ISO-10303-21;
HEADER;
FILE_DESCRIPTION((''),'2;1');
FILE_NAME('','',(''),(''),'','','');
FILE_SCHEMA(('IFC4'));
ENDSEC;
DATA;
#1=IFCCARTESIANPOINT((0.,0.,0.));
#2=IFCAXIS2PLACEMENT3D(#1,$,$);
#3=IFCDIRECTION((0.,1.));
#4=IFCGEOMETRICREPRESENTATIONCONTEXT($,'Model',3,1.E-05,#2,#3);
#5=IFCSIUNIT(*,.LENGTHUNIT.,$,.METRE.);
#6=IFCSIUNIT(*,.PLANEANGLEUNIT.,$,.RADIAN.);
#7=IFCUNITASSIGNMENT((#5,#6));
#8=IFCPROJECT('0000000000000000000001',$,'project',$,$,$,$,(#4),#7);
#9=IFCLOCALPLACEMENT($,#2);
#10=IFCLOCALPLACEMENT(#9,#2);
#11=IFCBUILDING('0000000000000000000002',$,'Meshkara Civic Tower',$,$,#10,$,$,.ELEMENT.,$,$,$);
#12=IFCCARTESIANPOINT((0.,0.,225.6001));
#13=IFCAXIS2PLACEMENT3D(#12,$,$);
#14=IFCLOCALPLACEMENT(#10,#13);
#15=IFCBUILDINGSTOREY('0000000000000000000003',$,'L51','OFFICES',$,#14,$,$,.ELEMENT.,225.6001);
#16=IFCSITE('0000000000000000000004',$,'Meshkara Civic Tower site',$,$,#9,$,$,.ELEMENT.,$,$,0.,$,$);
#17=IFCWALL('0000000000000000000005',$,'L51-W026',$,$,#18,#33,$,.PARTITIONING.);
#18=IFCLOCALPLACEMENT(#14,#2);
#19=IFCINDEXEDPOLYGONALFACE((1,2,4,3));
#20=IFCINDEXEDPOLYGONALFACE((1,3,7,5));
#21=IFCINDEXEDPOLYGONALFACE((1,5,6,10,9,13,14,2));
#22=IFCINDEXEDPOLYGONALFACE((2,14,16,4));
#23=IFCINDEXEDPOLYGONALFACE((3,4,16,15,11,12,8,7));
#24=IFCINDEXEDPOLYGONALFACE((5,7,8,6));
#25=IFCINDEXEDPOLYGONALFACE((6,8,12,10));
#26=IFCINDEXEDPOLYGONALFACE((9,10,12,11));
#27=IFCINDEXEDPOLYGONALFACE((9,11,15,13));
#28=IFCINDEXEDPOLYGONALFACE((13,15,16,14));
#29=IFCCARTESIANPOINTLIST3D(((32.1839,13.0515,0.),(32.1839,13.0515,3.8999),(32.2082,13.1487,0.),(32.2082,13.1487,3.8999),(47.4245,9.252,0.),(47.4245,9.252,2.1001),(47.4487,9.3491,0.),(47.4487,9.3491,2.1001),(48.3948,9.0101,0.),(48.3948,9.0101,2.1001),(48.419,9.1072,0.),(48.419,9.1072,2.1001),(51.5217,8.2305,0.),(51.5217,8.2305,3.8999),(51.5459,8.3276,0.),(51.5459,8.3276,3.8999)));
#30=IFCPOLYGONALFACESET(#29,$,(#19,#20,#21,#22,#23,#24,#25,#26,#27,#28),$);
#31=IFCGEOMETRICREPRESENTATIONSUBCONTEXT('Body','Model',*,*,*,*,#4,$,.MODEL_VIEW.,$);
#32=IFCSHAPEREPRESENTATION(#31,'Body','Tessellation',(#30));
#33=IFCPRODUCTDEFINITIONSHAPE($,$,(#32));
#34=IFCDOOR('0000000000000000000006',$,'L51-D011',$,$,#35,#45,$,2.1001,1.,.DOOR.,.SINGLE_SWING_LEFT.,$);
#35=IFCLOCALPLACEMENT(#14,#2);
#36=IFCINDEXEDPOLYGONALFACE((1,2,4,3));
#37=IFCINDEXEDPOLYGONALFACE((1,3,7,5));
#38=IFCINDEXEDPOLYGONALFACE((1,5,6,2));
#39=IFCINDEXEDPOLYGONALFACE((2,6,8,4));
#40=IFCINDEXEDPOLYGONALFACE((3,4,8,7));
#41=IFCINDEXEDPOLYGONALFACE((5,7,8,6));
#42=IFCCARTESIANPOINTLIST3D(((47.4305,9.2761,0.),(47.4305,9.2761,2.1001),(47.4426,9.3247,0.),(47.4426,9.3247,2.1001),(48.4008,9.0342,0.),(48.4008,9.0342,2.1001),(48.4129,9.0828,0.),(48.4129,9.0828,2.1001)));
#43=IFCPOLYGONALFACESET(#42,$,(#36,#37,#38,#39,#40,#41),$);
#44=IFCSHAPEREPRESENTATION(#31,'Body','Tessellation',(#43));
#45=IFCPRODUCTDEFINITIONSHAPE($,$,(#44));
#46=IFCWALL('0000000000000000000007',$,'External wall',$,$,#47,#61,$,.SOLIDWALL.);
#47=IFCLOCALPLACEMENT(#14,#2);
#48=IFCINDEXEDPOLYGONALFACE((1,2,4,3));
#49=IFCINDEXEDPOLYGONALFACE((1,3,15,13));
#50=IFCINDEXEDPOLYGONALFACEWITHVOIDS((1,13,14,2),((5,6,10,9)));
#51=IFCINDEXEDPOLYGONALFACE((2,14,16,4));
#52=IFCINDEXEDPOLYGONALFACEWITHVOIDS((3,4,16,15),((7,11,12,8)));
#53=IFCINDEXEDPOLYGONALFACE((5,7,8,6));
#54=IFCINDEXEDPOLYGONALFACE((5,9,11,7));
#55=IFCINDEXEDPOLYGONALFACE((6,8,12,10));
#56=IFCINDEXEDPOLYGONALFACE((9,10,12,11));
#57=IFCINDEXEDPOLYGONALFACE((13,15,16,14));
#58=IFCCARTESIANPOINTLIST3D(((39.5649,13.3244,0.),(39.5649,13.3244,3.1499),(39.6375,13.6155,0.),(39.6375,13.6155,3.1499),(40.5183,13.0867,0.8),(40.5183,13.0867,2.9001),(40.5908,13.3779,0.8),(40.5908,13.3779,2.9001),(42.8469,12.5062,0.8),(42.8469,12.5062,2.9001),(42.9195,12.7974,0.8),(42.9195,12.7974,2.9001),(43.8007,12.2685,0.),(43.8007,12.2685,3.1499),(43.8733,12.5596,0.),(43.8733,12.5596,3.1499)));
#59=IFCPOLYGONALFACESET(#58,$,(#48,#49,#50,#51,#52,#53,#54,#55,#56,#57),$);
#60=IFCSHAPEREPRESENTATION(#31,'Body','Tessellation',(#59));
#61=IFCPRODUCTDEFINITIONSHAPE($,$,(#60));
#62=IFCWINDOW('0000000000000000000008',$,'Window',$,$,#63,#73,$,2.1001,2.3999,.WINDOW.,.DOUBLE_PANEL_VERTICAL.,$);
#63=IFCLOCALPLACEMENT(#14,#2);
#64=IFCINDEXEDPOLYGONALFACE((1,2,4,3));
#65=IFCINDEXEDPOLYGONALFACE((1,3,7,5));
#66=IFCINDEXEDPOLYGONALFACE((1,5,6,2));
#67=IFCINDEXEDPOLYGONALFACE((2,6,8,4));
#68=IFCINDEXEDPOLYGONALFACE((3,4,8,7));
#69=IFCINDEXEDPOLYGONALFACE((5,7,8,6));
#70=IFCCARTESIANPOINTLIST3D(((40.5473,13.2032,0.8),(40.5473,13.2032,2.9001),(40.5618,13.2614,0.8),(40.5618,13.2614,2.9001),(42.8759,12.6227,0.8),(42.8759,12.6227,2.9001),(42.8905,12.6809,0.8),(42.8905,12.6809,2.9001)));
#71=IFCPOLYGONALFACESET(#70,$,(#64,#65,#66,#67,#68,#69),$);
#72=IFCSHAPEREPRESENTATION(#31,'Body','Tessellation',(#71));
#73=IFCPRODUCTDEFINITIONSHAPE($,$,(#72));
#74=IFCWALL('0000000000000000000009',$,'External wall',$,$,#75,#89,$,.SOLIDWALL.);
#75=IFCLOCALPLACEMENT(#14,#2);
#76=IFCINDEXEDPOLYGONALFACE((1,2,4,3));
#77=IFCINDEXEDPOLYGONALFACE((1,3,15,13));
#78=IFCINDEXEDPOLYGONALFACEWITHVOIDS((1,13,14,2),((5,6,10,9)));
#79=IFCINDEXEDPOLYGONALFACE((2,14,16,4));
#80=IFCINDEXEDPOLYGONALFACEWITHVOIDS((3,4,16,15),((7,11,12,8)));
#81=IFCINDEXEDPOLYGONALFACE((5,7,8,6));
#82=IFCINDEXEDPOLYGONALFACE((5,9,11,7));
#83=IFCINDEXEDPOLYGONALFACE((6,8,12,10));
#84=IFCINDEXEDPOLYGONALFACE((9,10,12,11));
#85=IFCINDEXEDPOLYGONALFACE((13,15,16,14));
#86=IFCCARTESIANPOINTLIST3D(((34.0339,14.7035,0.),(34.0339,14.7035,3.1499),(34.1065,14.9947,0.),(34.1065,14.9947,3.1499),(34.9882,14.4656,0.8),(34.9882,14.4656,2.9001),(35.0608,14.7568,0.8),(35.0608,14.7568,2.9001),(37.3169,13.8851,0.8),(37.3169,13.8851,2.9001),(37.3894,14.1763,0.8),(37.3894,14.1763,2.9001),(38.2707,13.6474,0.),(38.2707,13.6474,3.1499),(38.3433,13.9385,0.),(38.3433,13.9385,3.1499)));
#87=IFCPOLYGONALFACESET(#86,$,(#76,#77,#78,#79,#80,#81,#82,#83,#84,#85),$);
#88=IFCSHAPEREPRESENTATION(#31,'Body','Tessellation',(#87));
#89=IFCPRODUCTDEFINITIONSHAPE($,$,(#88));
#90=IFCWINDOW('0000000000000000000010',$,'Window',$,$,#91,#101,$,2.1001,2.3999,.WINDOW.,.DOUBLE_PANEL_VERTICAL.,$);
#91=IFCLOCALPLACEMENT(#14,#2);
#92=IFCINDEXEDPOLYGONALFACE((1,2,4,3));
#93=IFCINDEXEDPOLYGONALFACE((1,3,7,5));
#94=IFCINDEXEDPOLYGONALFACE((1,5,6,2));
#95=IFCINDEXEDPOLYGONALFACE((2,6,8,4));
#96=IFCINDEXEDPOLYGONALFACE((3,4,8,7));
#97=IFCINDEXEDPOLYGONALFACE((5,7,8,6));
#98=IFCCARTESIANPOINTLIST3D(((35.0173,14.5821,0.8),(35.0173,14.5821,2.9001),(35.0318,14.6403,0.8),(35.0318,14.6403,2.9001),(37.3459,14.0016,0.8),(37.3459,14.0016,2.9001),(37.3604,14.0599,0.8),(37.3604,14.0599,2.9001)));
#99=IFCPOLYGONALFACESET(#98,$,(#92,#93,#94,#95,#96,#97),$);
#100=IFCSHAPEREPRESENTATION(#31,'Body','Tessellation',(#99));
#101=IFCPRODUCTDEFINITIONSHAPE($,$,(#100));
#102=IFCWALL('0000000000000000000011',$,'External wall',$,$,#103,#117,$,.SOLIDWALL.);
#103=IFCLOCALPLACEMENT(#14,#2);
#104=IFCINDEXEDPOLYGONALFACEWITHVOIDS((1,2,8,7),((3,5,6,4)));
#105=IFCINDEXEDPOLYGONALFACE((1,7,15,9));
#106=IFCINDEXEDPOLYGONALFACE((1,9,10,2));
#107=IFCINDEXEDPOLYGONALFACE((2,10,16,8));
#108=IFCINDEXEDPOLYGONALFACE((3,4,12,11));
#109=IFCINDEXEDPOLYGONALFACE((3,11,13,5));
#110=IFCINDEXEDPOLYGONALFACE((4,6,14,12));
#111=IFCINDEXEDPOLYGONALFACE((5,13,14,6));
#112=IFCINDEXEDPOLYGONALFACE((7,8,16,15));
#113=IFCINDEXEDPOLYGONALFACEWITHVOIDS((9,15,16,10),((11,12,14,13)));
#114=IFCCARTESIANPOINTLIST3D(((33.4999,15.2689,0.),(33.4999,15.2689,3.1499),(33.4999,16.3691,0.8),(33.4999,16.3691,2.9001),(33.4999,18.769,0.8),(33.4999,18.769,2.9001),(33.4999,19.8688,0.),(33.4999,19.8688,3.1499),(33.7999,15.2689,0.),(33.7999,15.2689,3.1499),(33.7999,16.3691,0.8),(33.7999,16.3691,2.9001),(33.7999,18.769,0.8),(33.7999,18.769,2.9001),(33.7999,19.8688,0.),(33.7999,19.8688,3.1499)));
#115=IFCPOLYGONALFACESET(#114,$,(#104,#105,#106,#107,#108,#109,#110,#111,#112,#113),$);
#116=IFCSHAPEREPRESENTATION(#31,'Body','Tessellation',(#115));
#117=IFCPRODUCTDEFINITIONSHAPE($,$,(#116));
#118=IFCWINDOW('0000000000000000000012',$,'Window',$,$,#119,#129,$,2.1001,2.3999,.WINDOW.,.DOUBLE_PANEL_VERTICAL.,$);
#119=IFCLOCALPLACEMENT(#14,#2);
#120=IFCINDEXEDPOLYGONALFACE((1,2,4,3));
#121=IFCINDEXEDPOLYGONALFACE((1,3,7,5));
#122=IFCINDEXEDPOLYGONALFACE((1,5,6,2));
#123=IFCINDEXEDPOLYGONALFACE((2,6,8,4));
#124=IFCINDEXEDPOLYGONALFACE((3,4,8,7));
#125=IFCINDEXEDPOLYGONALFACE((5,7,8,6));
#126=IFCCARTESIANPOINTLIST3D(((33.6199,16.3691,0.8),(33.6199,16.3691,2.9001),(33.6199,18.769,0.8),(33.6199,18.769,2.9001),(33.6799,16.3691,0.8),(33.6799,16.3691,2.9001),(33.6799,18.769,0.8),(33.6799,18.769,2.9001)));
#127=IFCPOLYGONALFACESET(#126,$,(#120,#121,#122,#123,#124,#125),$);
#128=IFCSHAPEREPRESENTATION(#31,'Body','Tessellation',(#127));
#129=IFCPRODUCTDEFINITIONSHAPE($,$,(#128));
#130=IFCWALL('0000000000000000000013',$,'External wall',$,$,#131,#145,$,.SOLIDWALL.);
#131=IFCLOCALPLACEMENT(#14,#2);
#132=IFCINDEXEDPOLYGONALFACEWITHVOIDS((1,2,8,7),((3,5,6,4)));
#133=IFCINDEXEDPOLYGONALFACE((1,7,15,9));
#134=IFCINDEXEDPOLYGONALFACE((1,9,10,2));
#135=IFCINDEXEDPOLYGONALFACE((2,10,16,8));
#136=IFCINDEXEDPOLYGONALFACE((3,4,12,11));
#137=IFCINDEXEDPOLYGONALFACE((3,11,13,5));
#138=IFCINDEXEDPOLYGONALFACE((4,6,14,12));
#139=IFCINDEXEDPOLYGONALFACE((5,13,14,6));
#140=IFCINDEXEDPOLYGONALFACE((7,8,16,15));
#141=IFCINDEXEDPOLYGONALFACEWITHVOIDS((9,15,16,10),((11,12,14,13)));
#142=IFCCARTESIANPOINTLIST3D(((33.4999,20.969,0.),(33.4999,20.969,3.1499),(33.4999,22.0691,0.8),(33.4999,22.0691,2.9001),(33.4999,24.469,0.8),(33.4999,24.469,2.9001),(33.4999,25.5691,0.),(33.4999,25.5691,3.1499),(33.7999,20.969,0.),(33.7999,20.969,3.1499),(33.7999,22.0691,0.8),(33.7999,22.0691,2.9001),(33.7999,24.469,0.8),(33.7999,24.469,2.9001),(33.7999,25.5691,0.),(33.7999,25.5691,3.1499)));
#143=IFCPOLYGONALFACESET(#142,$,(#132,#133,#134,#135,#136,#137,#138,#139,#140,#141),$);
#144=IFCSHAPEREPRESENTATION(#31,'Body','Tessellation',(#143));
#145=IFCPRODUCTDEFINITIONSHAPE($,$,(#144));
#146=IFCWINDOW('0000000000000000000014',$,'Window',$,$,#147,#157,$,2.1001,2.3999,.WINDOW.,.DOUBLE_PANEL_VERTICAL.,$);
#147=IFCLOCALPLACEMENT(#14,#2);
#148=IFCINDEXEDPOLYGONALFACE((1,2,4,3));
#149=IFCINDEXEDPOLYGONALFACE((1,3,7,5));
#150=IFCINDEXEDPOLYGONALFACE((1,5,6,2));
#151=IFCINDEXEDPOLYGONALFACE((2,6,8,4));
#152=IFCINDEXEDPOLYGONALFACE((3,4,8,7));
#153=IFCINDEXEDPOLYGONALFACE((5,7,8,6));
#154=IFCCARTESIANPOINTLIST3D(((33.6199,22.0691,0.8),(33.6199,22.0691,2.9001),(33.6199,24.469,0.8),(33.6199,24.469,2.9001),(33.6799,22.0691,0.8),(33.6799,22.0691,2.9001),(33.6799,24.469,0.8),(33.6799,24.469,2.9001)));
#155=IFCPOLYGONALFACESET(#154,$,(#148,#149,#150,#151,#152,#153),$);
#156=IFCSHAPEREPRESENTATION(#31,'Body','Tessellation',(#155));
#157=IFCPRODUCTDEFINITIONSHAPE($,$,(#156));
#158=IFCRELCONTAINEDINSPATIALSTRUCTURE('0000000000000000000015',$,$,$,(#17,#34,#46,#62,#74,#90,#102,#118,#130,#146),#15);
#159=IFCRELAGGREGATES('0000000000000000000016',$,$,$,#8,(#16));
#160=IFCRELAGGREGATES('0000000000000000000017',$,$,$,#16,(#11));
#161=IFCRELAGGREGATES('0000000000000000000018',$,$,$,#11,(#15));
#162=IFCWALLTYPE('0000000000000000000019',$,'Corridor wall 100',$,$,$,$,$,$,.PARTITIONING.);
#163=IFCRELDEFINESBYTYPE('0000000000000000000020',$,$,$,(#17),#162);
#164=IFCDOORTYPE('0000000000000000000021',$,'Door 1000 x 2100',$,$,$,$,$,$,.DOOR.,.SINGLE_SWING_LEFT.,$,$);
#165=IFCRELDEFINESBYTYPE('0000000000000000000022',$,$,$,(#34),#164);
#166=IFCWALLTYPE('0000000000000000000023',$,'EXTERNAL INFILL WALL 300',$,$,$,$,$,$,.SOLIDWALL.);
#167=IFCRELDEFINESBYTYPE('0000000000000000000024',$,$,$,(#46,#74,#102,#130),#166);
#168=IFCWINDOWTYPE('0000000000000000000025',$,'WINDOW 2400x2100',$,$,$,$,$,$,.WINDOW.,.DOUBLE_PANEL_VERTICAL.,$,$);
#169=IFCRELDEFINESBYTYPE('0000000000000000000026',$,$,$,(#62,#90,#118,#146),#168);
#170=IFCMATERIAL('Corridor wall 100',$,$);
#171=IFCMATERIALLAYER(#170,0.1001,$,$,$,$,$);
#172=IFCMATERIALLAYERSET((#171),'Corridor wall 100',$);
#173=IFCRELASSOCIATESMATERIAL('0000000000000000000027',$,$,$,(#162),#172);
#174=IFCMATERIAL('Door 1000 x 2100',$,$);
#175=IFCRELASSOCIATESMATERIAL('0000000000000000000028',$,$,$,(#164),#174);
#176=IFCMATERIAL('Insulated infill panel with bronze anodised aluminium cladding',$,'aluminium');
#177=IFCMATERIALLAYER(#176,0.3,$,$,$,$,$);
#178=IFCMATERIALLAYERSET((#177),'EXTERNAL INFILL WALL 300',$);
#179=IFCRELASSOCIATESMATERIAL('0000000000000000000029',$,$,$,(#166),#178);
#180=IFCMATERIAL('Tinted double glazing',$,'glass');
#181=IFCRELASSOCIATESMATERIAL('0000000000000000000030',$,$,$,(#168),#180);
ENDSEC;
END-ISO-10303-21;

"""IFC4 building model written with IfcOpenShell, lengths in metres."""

from ifc_helpers import new_model, si_unit, direction, frame, frame_2d, origin, place, context, subcontext, project, spatial, rectangle, extrude, material, layer, layer_set, type_object, element, fill, save


model = new_model("IFC4")

# Units and contexts
model_context = context("Model", 3, precision=1e-05, world=origin(), true_north=direction((0.0, 1.0)))
body_context = subcontext(model_context, "Body", "Model", "MODEL_VIEW")
ifc_project = project(units=[si_unit("LENGTHUNIT", "METRE"), si_unit("PLANEANGLEUNIT", "RADIAN")], contexts=[model_context])

# Site, building, storey
site_placement = place(None, origin())
site = spatial("IfcSite", under=ifc_project, at=site_placement, Name="Meshkara Civic Tower site", CompositionType="ELEMENT", RefElevation=0.0)
building_placement = place(site_placement, origin())
building = spatial("IfcBuilding", under=site, at=building_placement, Name="Meshkara Civic Tower", CompositionType="ELEMENT")
storey_placement = place(building_placement, frame((0.0, 0.0, 225.6001)))
storey = spatial("IfcBuildingStorey", under=building, at=storey_placement, Name="L51", Description="OFFICES", CompositionType="ELEMENT", Elevation=225.6001)

# Shared definitions
ifc_material_1 = material(Name="Corridor wall 100")
ifc_layer_1 = layer(ifc_material_1, 0.1001)
ifc_layer_set_1 = layer_set([ifc_layer_1], Name="Corridor wall 100")
wall_type_1 = type_object("IfcWallType", Name="Corridor wall 100", PredefinedType="PARTITIONING", material=ifc_layer_set_1)

# Wall, opening, door
wall_1_placement = place(storey_placement, frame((32.196, 13.1001, 0.0), z_axis=(0.0, 0.0, 1.0), x_axis=(0.970301, -0.241901, 0.0)))
wall_1 = element("IfcWall", 1, at=wall_1_placement, inside=storey, type_object=wall_type_1, Name="L51-W026", PredefinedType="PARTITIONING", context=body_context, shape_type="SweptSolid", body=[
    extrude(rectangle(XDim=19.9297, YDim=0.1001, at=frame_2d((9.9648, 0.0))), origin(), (0.0, 0.0, 1.0), 3.8999),
])
opening_1_placement = place(wall_1_placement, frame((15.707, 0.0, 0.0)))
opening_1 = element("IfcOpeningElement", 2, at=opening_1_placement, cuts=wall_1, PredefinedType="OPENING", context=body_context, shape_type="SweptSolid", body=[
    extrude(rectangle(XDim=1.0, YDim=2.1001, at=frame_2d((0.5, 1.05))), frame((0.0, 0.0601, 0.0), z_axis=(0.0, -1.0, 0.0), x_axis=(1.0, 0.0, 0.0)), (0.0, 0.0, 1.0), 0.1201),
])
ifc_material_2 = material(Name="Door 1000 x 2100")
door_type = type_object("IfcDoorType", Name="Door 1000 x 2100", OperationType="SINGLE_SWING_LEFT", PredefinedType="DOOR", material=ifc_material_2)
door_placement = place(opening_1_placement, origin())
door = element("IfcDoor", 3, at=door_placement, inside=storey, type_object=door_type, Name="L51-D011", OperationType="SINGLE_SWING_LEFT", OverallHeight=2.1001, OverallWidth=1.0, PredefinedType="DOOR", context=body_context, shape_type="SweptSolid", body=[
    extrude(rectangle(XDim=1.0, YDim=2.1001, at=frame_2d((0.5, 1.05))), frame((0.0, 0.0249, 0.0), z_axis=(0.0, -1.0, 0.0), x_axis=(1.0, 0.0, 0.0)), (0.0, 0.0, 1.0), 0.05),
])
fill(opening_1, door)

# Walls, openings, windows
ifc_material_3 = material(Name="Insulated infill panel with bronze anodised aluminium cladding", Category="aluminium")
ifc_layer_2 = layer(ifc_material_3, 0.3)
ifc_layer_set_2 = layer_set([ifc_layer_2], Name="EXTERNAL INFILL WALL 300")
wall_type_2 = type_object("IfcWallType", Name="EXTERNAL INFILL WALL 300", PredefinedType="SOLIDWALL", material=ifc_layer_set_2)
wall_2_placement = place(storey_placement, frame((43.8369, 12.4141, 0.0), z_axis=(0.0, 0.0, 1.0), x_axis=(-0.970307, 0.241878, 0.0)))
wall_2 = element("IfcWall", 4, at=wall_2_placement, inside=storey, type_object=wall_type_2, Name="External wall", PredefinedType="SOLIDWALL", context=body_context, shape_type="SweptSolid", body=[
    extrude(rectangle(XDim=4.3655, YDim=0.3, at=frame_2d((2.1826, 0.0))), origin(), (0.0, 0.0, 1.0), 3.1499),
])
opening_2_placement = place(wall_2_placement, frame((0.9829, 0.0, 0.8)))
opening_2 = element("IfcOpeningElement", 5, at=opening_2_placement, cuts=wall_2, PredefinedType="OPENING", context=body_context, shape_type="SweptSolid", body=[
    extrude(rectangle(XDim=2.3999, YDim=2.1001, at=frame_2d((1.2, 1.05))), frame((0.0, 0.1599, 0.0), z_axis=(0.0, -1.0, 0.0), x_axis=(1.0, 0.0, 0.0)), (0.0, 0.0, 1.0), 0.3201),
])
ifc_material_4 = material(Name="Tinted double glazing", Category="glass")
window_type_1 = type_object("IfcWindowType", Name="WINDOW 2400x2100", PartitioningType="DOUBLE_PANEL_VERTICAL", PredefinedType="WINDOW", material=ifc_material_4)
window_1_placement = place(opening_2_placement, origin())
window_1 = element("IfcWindow", 6, at=window_1_placement, inside=storey, type_object=window_type_1, Name="Window", OverallHeight=2.1001, OverallWidth=2.3999, PartitioningType="DOUBLE_PANEL_VERTICAL", PredefinedType="WINDOW", context=body_context, shape_type="SweptSolid", body=[
    extrude(rectangle(XDim=2.3999, YDim=2.1001, at=frame_2d((1.2, 1.05))), frame((0.0, 0.03, 0.0), z_axis=(0.0, -1.0, 0.0), x_axis=(1.0, 0.0, 0.0)), (0.0, 0.0, 1.0), 0.0601),
])
fill(opening_2, window_1)
wall_3_placement = place(storey_placement, frame((38.3069, 13.793, 0.0), z_axis=(0.0, 0.0, 1.0), x_axis=(-0.970307, 0.241878, 0.0)))
wall_3 = element("IfcWall", 7, at=wall_3_placement, inside=storey, type_object=wall_type_2, Name="External wall", PredefinedType="SOLIDWALL", context=body_context, shape_type="SweptSolid", body=[
    extrude(rectangle(XDim=4.3665, YDim=0.3, at=frame_2d((2.1831, 0.0))), origin(), (0.0, 0.0, 1.0), 3.1499),
])
opening_3_placement = place(wall_3_placement, frame((0.9829, 0.0, 0.8)))
opening_3 = element("IfcOpeningElement", 8, at=opening_3_placement, cuts=wall_3, PredefinedType="OPENING", context=body_context, shape_type="SweptSolid", body=[
    extrude(rectangle(XDim=2.3999, YDim=2.1001, at=frame_2d((1.2, 1.05))), frame((0.0, 0.1599, 0.0), z_axis=(0.0, -1.0, 0.0), x_axis=(1.0, 0.0, 0.0)), (0.0, 0.0, 1.0), 0.3201),
])
window_2_placement = place(opening_3_placement, origin())
window_2 = element("IfcWindow", 9, at=window_2_placement, inside=storey, type_object=window_type_1, Name="Window", OverallHeight=2.1001, OverallWidth=2.3999, PartitioningType="DOUBLE_PANEL_VERTICAL", PredefinedType="WINDOW", context=body_context, shape_type="SweptSolid", body=[
    extrude(rectangle(XDim=2.3999, YDim=2.1001, at=frame_2d((1.2, 1.05))), frame((0.0, 0.03, 0.0), z_axis=(0.0, -1.0, 0.0), x_axis=(1.0, 0.0, 0.0)), (0.0, 0.0, 1.0), 0.0601),
])
fill(opening_3, window_2)
wall_4_placement = place(storey_placement, frame((33.6499, 15.269, 0.0), z_axis=(0.0, 0.0, 1.0), x_axis=(0.0, 1.0, 0.0)))
wall_4 = element("IfcWall", 10, at=wall_4_placement, inside=storey, type_object=wall_type_2, Name="External wall", PredefinedType="SOLIDWALL", context=body_context, shape_type="SweptSolid", body=[
    extrude(rectangle(XDim=4.5999, YDim=0.3, at=frame_2d((2.2998, 0.0))), origin(), (0.0, 0.0, 1.0), 3.1499),
])
opening_4_placement = place(wall_4_placement, frame((1.1001, 0.0, 0.8)))
opening_4 = element("IfcOpeningElement", 11, at=opening_4_placement, cuts=wall_4, PredefinedType="OPENING", context=body_context, shape_type="SweptSolid", body=[
    extrude(rectangle(XDim=2.3999, YDim=2.1001, at=frame_2d((1.2, 1.05))), frame((0.0, 0.1599, 0.0), z_axis=(0.0, -1.0, 0.0), x_axis=(1.0, 0.0, 0.0)), (0.0, 0.0, 1.0), 0.3201),
])
window_3_placement = place(opening_4_placement, origin())
window_3 = element("IfcWindow", 12, at=window_3_placement, inside=storey, type_object=window_type_1, Name="Window", OverallHeight=2.1001, OverallWidth=2.3999, PartitioningType="DOUBLE_PANEL_VERTICAL", PredefinedType="WINDOW", context=body_context, shape_type="SweptSolid", body=[
    extrude(rectangle(XDim=2.3999, YDim=2.1001, at=frame_2d((1.2, 1.05))), frame((0.0, 0.03, 0.0), z_axis=(0.0, -1.0, 0.0), x_axis=(1.0, 0.0, 0.0)), (0.0, 0.0, 1.0), 0.0601),
])
fill(opening_4, window_3)
wall_5_placement = place(storey_placement, frame((33.6499, 20.969, 0.0), z_axis=(0.0, 0.0, 1.0), x_axis=(0.0, 1.0, 0.0)))
wall_5 = element("IfcWall", 13, at=wall_5_placement, inside=storey, type_object=wall_type_2, Name="External wall", PredefinedType="SOLIDWALL", context=body_context, shape_type="SweptSolid", body=[
    extrude(rectangle(XDim=4.6001, YDim=0.3, at=frame_2d((2.3, 0.0))), origin(), (0.0, 0.0, 1.0), 3.1499),
])
opening_5_placement = place(wall_5_placement, frame((1.1001, 0.0, 0.8)))
opening_5 = element("IfcOpeningElement", 14, at=opening_5_placement, cuts=wall_5, PredefinedType="OPENING", context=body_context, shape_type="SweptSolid", body=[
    extrude(rectangle(XDim=2.3999, YDim=2.1001, at=frame_2d((1.2, 1.05))), frame((0.0, 0.1599, 0.0), z_axis=(0.0, -1.0, 0.0), x_axis=(1.0, 0.0, 0.0)), (0.0, 0.0, 1.0), 0.3201),
])
window_4_placement = place(opening_5_placement, origin())
window_4 = element("IfcWindow", 15, at=window_4_placement, inside=storey, type_object=window_type_1, Name="Window", OverallHeight=2.1001, OverallWidth=2.3999, PartitioningType="DOUBLE_PANEL_VERTICAL", PredefinedType="WINDOW", context=body_context, shape_type="SweptSolid", body=[
    extrude(rectangle(XDim=2.3999, YDim=2.1001, at=frame_2d((1.2, 1.05))), frame((0.0, 0.03, 0.0), z_axis=(0.0, -1.0, 0.0), x_axis=(1.0, 0.0, 0.0)), (0.0, 0.0, 1.0), 0.0601),
])
fill(opening_5, window_4)

save(model, "model.ifc")
